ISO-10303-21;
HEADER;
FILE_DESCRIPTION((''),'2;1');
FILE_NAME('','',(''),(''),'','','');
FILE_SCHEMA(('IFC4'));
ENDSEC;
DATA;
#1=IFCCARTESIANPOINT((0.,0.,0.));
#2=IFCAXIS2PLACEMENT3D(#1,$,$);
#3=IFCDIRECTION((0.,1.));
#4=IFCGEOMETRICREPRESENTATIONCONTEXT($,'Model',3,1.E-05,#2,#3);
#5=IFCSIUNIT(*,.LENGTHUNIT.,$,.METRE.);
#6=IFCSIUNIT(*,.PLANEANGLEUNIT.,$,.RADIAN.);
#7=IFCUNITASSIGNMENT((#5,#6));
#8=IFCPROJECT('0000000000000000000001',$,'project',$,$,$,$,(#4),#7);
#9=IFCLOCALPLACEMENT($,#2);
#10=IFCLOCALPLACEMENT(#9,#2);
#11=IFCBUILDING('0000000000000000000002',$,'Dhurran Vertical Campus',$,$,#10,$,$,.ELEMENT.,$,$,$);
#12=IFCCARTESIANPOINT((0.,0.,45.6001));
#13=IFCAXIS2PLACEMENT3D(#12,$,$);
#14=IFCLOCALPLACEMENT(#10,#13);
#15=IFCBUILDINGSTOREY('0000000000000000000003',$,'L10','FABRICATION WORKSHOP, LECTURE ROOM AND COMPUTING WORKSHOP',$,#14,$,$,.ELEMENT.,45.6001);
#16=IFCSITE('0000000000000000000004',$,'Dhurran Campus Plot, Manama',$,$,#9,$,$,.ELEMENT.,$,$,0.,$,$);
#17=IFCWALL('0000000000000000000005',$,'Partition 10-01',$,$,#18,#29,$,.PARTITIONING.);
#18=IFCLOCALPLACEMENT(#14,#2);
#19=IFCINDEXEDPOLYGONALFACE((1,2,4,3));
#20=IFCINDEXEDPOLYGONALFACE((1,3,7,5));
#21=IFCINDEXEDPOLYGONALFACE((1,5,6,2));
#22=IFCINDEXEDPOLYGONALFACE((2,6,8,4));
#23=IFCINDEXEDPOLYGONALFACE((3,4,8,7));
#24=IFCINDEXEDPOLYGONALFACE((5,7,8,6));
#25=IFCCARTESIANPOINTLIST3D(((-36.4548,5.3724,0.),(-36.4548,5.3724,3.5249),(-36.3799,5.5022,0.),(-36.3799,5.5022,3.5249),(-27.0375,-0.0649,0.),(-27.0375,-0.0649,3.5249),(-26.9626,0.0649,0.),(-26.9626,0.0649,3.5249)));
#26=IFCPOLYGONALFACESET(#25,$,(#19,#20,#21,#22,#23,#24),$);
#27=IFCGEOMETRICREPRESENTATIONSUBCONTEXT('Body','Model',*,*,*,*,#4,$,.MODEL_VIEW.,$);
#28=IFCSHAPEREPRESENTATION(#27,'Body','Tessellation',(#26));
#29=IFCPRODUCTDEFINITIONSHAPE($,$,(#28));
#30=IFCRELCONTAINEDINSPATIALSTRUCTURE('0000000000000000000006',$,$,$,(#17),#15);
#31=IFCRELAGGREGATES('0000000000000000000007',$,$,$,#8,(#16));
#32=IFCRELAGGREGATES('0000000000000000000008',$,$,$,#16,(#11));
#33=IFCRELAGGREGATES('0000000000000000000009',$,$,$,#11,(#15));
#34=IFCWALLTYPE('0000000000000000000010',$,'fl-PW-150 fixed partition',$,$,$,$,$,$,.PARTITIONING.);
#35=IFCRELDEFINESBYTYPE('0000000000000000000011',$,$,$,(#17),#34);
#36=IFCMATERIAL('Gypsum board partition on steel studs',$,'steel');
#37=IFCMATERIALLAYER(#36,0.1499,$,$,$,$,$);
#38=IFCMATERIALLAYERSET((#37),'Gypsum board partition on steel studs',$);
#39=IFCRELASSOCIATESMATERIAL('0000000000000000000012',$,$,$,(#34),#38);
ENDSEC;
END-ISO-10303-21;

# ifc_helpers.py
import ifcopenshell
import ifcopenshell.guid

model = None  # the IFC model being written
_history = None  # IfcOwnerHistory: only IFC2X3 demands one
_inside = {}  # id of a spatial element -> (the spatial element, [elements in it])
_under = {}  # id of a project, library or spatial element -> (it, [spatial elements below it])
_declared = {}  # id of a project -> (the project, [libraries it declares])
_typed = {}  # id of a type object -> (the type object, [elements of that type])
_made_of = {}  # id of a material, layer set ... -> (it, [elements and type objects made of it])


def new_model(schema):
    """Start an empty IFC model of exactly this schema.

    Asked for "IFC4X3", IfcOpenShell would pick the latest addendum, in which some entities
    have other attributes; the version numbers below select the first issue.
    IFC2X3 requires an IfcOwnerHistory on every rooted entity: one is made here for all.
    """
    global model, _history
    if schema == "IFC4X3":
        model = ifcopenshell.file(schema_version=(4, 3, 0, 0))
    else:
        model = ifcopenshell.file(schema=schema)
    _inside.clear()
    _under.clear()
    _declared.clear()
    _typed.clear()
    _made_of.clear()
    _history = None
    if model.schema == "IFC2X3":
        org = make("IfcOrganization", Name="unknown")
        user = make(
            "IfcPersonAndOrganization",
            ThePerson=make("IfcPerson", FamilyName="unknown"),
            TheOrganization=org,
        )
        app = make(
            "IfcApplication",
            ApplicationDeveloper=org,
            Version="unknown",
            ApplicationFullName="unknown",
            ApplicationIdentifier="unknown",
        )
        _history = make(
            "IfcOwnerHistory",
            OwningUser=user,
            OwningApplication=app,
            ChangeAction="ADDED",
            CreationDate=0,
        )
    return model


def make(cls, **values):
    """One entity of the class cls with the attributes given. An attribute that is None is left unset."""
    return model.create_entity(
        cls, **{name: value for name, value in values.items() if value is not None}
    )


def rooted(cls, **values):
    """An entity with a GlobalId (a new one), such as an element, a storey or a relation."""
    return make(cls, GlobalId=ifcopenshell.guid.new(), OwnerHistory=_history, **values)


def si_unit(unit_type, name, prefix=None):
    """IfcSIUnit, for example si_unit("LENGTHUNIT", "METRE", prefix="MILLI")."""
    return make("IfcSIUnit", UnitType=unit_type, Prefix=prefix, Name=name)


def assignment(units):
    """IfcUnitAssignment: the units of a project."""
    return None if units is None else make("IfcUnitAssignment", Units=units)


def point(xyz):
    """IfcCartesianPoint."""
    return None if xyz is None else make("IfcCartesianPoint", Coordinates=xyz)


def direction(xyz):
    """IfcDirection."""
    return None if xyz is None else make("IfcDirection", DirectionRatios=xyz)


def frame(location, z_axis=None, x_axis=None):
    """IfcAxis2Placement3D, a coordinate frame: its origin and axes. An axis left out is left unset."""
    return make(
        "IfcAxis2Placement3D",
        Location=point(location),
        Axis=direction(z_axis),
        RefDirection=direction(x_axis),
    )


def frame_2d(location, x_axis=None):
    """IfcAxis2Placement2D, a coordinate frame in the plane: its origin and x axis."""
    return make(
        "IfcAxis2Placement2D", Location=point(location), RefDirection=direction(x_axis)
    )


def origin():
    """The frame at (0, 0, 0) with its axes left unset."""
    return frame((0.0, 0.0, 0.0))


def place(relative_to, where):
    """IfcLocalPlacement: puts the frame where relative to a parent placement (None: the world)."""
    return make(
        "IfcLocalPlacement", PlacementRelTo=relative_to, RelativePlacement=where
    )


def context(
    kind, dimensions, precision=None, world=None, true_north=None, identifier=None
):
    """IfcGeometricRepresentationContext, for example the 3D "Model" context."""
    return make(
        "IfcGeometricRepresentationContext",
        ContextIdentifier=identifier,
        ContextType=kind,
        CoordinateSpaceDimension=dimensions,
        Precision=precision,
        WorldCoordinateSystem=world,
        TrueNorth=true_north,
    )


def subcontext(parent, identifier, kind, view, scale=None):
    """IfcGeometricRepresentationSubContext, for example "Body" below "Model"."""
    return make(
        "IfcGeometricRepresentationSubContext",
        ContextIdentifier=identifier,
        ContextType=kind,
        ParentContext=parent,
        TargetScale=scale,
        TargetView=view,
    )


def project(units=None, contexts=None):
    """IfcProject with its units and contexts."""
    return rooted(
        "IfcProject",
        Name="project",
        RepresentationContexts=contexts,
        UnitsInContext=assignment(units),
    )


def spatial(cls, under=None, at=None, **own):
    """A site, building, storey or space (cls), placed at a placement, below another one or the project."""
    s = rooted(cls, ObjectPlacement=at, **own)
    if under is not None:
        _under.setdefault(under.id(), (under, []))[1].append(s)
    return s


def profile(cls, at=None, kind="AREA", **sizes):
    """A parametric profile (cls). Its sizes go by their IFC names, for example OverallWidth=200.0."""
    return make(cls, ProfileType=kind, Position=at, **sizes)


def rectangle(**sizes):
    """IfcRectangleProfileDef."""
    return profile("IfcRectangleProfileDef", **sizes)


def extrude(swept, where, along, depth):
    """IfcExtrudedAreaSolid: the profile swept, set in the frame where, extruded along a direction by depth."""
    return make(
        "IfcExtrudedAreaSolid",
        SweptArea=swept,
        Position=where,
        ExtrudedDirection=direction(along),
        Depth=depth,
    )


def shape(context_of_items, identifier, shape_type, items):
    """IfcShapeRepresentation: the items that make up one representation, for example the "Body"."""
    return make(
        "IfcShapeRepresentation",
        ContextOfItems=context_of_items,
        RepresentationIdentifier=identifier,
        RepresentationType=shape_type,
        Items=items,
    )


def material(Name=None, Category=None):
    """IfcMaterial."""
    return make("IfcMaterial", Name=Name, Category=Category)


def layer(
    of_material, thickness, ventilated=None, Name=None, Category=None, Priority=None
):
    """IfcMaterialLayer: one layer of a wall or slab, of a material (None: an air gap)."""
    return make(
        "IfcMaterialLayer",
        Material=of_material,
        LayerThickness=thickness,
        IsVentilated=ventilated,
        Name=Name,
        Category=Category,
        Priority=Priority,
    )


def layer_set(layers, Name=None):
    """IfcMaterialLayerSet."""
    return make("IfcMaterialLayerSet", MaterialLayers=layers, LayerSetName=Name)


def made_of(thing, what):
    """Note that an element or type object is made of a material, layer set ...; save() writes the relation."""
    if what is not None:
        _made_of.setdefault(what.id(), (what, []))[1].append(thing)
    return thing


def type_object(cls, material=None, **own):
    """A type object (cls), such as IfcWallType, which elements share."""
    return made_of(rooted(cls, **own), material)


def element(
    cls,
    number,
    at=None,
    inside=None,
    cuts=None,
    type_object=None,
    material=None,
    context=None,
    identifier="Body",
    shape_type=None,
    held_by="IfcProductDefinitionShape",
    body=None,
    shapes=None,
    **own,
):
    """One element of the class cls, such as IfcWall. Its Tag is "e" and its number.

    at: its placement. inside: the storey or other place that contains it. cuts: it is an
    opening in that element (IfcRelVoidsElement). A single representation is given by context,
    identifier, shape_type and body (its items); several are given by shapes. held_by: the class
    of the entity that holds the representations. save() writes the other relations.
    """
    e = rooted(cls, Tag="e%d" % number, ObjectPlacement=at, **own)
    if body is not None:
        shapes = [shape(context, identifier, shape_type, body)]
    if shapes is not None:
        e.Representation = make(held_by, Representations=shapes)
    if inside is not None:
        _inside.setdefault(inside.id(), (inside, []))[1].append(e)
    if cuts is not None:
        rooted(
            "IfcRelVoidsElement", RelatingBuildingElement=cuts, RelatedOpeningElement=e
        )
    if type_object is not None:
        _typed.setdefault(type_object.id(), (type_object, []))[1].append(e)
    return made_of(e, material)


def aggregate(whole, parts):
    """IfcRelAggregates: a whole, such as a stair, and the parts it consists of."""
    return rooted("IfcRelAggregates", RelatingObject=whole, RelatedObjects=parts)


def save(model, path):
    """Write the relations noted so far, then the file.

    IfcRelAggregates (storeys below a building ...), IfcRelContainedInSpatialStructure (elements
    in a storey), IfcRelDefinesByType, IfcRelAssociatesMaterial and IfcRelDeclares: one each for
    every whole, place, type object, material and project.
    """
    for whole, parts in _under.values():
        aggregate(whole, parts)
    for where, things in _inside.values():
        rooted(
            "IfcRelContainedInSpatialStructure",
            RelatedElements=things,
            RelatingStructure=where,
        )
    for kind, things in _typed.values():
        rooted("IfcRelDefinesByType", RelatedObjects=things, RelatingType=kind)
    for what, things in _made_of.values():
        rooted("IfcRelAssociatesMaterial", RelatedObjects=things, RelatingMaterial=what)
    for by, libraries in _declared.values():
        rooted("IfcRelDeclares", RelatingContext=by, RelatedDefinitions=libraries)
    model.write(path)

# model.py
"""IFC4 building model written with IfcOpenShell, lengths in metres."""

from ifc_helpers import new_model, si_unit, direction, frame, frame_2d, origin, place, context, subcontext, project, spatial, rectangle, extrude, material, layer, layer_set, type_object, element, save


model = new_model("IFC4")

# Units and contexts
model_context = context("Model", 3, precision=1e-05, world=origin(), true_north=direction((0.0, 1.0)))
body_context = subcontext(model_context, "Body", "Model", "MODEL_VIEW")
ifc_project = project(units=[si_unit("LENGTHUNIT", "METRE"), si_unit("PLANEANGLEUNIT", "RADIAN")], contexts=[model_context])

# Site, building, storey
site_placement = place(None, origin())
site = spatial("IfcSite", under=ifc_project, at=site_placement, Name="Dhurran Campus Plot, Manama", CompositionType="ELEMENT", RefElevation=0.0)
building_placement = place(site_placement, origin())
building = spatial("IfcBuilding", under=site, at=building_placement, Name="Dhurran Vertical Campus", CompositionType="ELEMENT")
storey_placement = place(building_placement, frame((0.0, 0.0, 45.6001)))
storey = spatial("IfcBuildingStorey", under=building, at=storey_placement, Name="L10", Description="FABRICATION WORKSHOP, LECTURE ROOM AND COMPUTING WORKSHOP", CompositionType="ELEMENT", Elevation=45.6001)

# Wall
ifc_material_1 = material(Name="Gypsum board partition on steel studs", Category="steel")
ifc_layer_1 = layer(ifc_material_1, 0.1499)
ifc_layer_set_1 = layer_set([ifc_layer_1], Name="Gypsum board partition on steel studs")
wall_type_1 = type_object("IfcWallType", Name="fl-PW-150 fixed partition", PredefinedType="PARTITIONING", material=ifc_layer_set_1)
wall_1_placement = place(storey_placement, frame((-36.4172, 5.4373, 0.0), z_axis=(0.0, 0.0, 1.0), x_axis=(0.866017, -0.500015, 0.0)))
element("IfcWall", 1, at=wall_1_placement, inside=storey, type_object=wall_type_1, Name="Partition 10-01", PredefinedType="PARTITIONING", context=body_context, shape_type="SweptSolid", body=[
    extrude(rectangle(XDim=10.8743, YDim=0.1499, at=frame_2d((5.437, 0.0))), origin(), (0.0, 0.0, 1.0), 3.5249),
])

save(model, "model.ifc")
